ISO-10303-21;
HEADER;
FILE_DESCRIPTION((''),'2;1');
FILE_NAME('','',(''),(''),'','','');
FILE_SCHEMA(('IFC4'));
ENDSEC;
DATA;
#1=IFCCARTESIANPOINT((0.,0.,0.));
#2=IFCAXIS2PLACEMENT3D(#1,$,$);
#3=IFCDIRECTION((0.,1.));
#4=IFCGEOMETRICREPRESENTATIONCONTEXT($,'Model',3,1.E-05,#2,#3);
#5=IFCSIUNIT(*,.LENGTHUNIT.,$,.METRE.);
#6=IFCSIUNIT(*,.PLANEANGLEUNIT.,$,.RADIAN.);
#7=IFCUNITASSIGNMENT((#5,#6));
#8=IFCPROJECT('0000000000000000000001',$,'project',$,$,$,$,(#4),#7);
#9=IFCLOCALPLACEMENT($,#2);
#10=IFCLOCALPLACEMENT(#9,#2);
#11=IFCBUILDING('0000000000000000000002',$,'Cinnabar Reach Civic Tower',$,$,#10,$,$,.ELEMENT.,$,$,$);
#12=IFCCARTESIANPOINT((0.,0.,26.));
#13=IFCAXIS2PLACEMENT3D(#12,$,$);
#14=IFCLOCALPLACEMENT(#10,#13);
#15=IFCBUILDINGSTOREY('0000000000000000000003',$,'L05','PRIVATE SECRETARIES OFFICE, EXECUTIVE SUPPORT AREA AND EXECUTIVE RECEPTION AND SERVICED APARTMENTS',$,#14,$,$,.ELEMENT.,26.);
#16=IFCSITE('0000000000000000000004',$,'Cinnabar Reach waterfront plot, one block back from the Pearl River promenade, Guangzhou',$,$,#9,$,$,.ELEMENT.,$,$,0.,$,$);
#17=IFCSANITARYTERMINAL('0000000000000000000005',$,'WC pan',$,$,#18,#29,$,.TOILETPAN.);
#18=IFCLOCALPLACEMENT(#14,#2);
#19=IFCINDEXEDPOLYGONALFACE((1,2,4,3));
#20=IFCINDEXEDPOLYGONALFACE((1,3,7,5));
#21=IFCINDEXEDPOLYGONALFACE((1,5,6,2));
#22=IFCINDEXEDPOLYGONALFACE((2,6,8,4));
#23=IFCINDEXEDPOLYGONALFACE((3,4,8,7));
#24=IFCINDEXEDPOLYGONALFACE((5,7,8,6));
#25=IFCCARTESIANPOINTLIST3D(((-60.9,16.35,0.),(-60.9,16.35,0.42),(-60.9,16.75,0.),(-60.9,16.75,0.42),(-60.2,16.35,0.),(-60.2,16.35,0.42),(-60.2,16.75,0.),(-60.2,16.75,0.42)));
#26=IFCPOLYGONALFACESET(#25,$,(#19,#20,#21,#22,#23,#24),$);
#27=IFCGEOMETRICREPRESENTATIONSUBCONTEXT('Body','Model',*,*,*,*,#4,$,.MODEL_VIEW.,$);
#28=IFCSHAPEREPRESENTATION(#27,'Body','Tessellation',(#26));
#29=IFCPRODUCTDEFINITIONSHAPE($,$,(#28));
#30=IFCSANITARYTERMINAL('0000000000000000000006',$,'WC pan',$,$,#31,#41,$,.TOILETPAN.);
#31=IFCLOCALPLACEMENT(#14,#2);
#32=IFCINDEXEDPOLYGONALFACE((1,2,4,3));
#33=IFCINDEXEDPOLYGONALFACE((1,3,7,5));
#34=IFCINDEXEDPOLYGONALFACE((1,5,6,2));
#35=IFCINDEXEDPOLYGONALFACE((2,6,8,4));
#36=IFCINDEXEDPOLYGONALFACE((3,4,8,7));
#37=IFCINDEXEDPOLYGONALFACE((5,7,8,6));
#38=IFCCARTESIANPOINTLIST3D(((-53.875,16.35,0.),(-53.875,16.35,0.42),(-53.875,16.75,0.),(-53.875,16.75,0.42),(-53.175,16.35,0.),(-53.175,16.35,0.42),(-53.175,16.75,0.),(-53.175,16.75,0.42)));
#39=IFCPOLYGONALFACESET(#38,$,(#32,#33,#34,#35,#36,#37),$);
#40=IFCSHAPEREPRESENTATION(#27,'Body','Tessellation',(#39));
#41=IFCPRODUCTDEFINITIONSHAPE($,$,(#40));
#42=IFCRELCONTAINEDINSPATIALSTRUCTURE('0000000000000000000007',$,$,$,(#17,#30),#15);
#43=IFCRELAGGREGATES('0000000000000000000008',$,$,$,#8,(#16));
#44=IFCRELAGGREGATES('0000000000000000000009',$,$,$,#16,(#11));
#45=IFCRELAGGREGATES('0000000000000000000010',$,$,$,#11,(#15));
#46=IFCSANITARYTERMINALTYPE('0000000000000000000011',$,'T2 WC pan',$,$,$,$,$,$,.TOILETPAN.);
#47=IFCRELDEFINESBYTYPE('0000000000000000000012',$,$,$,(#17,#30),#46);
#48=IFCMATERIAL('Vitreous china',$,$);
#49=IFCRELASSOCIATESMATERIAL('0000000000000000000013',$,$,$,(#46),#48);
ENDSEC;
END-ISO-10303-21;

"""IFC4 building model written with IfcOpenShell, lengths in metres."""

from ifc_helpers import new_model, si_unit, direction, frame, origin, origin_2d, place, context, subcontext, project, spatial, rectangle, extrude, material, type_object, element, save


model = new_model("IFC4")

# Units and contexts
model_context = context("Model", 3, precision=1e-05, world=origin(), true_north=direction((0.0, 1.0)))
body_context = subcontext(model_context, "Body", "Model", "MODEL_VIEW")
ifc_project = project(units=[si_unit("LENGTHUNIT", "METRE"), si_unit("PLANEANGLEUNIT", "RADIAN")], contexts=[model_context])

# Site, building, storey
site_placement = place(None, origin())
site = spatial("IfcSite", under=ifc_project, at=site_placement, Name="Cinnabar Reach waterfront plot, one block back from the Pearl River promenade, Guangzhou", CompositionType="ELEMENT", RefElevation=0.0)
building_placement = place(site_placement, origin())
building = spatial("IfcBuilding", under=site, at=building_placement, Name="Cinnabar Reach Civic Tower", CompositionType="ELEMENT")
storey_placement = place(building_placement, frame((0.0, 0.0, 26.0)))
storey = spatial("IfcBuildingStorey", under=building, at=storey_placement, Name="L05", Description="PRIVATE SECRETARIES OFFICE, EXECUTIVE SUPPORT AREA AND EXECUTIVE RECEPTION AND SERVICED APARTMENTS", CompositionType="ELEMENT", Elevation=26.0)

# Sanitary terminals
ifc_material_1 = material(Name="Vitreous china")
sanitary_terminal_type_1 = type_object("IfcSanitaryTerminalType", Name="T2 WC pan", PredefinedType="TOILETPAN", material=ifc_material_1)
for number, where, z_axis, x_axis, name in (
    (1, (-60.55, 16.55, 0.0), (0.0, 0.0, 1.0), (1.0, 0.0, 0.0), "WC pan"),
    (2, (-53.525, 16.55, 0.0), (0.0, 0.0, 1.0), (1.0, 0.0, 0.0), "WC pan"),
):
    element("IfcSanitaryTerminal", number, at=place(storey_placement, frame(where, z_axis=z_axis, x_axis=x_axis)), inside=storey, type_object=sanitary_terminal_type_1, Name=name, PredefinedType="TOILETPAN", context=body_context, shape_type="SweptSolid", body=[
        extrude(rectangle(XDim=0.7, YDim=0.4, at=origin_2d()), origin(), (0.0, 0.0, 1.0), 0.42),
    ])

save(model, "model.ifc")
